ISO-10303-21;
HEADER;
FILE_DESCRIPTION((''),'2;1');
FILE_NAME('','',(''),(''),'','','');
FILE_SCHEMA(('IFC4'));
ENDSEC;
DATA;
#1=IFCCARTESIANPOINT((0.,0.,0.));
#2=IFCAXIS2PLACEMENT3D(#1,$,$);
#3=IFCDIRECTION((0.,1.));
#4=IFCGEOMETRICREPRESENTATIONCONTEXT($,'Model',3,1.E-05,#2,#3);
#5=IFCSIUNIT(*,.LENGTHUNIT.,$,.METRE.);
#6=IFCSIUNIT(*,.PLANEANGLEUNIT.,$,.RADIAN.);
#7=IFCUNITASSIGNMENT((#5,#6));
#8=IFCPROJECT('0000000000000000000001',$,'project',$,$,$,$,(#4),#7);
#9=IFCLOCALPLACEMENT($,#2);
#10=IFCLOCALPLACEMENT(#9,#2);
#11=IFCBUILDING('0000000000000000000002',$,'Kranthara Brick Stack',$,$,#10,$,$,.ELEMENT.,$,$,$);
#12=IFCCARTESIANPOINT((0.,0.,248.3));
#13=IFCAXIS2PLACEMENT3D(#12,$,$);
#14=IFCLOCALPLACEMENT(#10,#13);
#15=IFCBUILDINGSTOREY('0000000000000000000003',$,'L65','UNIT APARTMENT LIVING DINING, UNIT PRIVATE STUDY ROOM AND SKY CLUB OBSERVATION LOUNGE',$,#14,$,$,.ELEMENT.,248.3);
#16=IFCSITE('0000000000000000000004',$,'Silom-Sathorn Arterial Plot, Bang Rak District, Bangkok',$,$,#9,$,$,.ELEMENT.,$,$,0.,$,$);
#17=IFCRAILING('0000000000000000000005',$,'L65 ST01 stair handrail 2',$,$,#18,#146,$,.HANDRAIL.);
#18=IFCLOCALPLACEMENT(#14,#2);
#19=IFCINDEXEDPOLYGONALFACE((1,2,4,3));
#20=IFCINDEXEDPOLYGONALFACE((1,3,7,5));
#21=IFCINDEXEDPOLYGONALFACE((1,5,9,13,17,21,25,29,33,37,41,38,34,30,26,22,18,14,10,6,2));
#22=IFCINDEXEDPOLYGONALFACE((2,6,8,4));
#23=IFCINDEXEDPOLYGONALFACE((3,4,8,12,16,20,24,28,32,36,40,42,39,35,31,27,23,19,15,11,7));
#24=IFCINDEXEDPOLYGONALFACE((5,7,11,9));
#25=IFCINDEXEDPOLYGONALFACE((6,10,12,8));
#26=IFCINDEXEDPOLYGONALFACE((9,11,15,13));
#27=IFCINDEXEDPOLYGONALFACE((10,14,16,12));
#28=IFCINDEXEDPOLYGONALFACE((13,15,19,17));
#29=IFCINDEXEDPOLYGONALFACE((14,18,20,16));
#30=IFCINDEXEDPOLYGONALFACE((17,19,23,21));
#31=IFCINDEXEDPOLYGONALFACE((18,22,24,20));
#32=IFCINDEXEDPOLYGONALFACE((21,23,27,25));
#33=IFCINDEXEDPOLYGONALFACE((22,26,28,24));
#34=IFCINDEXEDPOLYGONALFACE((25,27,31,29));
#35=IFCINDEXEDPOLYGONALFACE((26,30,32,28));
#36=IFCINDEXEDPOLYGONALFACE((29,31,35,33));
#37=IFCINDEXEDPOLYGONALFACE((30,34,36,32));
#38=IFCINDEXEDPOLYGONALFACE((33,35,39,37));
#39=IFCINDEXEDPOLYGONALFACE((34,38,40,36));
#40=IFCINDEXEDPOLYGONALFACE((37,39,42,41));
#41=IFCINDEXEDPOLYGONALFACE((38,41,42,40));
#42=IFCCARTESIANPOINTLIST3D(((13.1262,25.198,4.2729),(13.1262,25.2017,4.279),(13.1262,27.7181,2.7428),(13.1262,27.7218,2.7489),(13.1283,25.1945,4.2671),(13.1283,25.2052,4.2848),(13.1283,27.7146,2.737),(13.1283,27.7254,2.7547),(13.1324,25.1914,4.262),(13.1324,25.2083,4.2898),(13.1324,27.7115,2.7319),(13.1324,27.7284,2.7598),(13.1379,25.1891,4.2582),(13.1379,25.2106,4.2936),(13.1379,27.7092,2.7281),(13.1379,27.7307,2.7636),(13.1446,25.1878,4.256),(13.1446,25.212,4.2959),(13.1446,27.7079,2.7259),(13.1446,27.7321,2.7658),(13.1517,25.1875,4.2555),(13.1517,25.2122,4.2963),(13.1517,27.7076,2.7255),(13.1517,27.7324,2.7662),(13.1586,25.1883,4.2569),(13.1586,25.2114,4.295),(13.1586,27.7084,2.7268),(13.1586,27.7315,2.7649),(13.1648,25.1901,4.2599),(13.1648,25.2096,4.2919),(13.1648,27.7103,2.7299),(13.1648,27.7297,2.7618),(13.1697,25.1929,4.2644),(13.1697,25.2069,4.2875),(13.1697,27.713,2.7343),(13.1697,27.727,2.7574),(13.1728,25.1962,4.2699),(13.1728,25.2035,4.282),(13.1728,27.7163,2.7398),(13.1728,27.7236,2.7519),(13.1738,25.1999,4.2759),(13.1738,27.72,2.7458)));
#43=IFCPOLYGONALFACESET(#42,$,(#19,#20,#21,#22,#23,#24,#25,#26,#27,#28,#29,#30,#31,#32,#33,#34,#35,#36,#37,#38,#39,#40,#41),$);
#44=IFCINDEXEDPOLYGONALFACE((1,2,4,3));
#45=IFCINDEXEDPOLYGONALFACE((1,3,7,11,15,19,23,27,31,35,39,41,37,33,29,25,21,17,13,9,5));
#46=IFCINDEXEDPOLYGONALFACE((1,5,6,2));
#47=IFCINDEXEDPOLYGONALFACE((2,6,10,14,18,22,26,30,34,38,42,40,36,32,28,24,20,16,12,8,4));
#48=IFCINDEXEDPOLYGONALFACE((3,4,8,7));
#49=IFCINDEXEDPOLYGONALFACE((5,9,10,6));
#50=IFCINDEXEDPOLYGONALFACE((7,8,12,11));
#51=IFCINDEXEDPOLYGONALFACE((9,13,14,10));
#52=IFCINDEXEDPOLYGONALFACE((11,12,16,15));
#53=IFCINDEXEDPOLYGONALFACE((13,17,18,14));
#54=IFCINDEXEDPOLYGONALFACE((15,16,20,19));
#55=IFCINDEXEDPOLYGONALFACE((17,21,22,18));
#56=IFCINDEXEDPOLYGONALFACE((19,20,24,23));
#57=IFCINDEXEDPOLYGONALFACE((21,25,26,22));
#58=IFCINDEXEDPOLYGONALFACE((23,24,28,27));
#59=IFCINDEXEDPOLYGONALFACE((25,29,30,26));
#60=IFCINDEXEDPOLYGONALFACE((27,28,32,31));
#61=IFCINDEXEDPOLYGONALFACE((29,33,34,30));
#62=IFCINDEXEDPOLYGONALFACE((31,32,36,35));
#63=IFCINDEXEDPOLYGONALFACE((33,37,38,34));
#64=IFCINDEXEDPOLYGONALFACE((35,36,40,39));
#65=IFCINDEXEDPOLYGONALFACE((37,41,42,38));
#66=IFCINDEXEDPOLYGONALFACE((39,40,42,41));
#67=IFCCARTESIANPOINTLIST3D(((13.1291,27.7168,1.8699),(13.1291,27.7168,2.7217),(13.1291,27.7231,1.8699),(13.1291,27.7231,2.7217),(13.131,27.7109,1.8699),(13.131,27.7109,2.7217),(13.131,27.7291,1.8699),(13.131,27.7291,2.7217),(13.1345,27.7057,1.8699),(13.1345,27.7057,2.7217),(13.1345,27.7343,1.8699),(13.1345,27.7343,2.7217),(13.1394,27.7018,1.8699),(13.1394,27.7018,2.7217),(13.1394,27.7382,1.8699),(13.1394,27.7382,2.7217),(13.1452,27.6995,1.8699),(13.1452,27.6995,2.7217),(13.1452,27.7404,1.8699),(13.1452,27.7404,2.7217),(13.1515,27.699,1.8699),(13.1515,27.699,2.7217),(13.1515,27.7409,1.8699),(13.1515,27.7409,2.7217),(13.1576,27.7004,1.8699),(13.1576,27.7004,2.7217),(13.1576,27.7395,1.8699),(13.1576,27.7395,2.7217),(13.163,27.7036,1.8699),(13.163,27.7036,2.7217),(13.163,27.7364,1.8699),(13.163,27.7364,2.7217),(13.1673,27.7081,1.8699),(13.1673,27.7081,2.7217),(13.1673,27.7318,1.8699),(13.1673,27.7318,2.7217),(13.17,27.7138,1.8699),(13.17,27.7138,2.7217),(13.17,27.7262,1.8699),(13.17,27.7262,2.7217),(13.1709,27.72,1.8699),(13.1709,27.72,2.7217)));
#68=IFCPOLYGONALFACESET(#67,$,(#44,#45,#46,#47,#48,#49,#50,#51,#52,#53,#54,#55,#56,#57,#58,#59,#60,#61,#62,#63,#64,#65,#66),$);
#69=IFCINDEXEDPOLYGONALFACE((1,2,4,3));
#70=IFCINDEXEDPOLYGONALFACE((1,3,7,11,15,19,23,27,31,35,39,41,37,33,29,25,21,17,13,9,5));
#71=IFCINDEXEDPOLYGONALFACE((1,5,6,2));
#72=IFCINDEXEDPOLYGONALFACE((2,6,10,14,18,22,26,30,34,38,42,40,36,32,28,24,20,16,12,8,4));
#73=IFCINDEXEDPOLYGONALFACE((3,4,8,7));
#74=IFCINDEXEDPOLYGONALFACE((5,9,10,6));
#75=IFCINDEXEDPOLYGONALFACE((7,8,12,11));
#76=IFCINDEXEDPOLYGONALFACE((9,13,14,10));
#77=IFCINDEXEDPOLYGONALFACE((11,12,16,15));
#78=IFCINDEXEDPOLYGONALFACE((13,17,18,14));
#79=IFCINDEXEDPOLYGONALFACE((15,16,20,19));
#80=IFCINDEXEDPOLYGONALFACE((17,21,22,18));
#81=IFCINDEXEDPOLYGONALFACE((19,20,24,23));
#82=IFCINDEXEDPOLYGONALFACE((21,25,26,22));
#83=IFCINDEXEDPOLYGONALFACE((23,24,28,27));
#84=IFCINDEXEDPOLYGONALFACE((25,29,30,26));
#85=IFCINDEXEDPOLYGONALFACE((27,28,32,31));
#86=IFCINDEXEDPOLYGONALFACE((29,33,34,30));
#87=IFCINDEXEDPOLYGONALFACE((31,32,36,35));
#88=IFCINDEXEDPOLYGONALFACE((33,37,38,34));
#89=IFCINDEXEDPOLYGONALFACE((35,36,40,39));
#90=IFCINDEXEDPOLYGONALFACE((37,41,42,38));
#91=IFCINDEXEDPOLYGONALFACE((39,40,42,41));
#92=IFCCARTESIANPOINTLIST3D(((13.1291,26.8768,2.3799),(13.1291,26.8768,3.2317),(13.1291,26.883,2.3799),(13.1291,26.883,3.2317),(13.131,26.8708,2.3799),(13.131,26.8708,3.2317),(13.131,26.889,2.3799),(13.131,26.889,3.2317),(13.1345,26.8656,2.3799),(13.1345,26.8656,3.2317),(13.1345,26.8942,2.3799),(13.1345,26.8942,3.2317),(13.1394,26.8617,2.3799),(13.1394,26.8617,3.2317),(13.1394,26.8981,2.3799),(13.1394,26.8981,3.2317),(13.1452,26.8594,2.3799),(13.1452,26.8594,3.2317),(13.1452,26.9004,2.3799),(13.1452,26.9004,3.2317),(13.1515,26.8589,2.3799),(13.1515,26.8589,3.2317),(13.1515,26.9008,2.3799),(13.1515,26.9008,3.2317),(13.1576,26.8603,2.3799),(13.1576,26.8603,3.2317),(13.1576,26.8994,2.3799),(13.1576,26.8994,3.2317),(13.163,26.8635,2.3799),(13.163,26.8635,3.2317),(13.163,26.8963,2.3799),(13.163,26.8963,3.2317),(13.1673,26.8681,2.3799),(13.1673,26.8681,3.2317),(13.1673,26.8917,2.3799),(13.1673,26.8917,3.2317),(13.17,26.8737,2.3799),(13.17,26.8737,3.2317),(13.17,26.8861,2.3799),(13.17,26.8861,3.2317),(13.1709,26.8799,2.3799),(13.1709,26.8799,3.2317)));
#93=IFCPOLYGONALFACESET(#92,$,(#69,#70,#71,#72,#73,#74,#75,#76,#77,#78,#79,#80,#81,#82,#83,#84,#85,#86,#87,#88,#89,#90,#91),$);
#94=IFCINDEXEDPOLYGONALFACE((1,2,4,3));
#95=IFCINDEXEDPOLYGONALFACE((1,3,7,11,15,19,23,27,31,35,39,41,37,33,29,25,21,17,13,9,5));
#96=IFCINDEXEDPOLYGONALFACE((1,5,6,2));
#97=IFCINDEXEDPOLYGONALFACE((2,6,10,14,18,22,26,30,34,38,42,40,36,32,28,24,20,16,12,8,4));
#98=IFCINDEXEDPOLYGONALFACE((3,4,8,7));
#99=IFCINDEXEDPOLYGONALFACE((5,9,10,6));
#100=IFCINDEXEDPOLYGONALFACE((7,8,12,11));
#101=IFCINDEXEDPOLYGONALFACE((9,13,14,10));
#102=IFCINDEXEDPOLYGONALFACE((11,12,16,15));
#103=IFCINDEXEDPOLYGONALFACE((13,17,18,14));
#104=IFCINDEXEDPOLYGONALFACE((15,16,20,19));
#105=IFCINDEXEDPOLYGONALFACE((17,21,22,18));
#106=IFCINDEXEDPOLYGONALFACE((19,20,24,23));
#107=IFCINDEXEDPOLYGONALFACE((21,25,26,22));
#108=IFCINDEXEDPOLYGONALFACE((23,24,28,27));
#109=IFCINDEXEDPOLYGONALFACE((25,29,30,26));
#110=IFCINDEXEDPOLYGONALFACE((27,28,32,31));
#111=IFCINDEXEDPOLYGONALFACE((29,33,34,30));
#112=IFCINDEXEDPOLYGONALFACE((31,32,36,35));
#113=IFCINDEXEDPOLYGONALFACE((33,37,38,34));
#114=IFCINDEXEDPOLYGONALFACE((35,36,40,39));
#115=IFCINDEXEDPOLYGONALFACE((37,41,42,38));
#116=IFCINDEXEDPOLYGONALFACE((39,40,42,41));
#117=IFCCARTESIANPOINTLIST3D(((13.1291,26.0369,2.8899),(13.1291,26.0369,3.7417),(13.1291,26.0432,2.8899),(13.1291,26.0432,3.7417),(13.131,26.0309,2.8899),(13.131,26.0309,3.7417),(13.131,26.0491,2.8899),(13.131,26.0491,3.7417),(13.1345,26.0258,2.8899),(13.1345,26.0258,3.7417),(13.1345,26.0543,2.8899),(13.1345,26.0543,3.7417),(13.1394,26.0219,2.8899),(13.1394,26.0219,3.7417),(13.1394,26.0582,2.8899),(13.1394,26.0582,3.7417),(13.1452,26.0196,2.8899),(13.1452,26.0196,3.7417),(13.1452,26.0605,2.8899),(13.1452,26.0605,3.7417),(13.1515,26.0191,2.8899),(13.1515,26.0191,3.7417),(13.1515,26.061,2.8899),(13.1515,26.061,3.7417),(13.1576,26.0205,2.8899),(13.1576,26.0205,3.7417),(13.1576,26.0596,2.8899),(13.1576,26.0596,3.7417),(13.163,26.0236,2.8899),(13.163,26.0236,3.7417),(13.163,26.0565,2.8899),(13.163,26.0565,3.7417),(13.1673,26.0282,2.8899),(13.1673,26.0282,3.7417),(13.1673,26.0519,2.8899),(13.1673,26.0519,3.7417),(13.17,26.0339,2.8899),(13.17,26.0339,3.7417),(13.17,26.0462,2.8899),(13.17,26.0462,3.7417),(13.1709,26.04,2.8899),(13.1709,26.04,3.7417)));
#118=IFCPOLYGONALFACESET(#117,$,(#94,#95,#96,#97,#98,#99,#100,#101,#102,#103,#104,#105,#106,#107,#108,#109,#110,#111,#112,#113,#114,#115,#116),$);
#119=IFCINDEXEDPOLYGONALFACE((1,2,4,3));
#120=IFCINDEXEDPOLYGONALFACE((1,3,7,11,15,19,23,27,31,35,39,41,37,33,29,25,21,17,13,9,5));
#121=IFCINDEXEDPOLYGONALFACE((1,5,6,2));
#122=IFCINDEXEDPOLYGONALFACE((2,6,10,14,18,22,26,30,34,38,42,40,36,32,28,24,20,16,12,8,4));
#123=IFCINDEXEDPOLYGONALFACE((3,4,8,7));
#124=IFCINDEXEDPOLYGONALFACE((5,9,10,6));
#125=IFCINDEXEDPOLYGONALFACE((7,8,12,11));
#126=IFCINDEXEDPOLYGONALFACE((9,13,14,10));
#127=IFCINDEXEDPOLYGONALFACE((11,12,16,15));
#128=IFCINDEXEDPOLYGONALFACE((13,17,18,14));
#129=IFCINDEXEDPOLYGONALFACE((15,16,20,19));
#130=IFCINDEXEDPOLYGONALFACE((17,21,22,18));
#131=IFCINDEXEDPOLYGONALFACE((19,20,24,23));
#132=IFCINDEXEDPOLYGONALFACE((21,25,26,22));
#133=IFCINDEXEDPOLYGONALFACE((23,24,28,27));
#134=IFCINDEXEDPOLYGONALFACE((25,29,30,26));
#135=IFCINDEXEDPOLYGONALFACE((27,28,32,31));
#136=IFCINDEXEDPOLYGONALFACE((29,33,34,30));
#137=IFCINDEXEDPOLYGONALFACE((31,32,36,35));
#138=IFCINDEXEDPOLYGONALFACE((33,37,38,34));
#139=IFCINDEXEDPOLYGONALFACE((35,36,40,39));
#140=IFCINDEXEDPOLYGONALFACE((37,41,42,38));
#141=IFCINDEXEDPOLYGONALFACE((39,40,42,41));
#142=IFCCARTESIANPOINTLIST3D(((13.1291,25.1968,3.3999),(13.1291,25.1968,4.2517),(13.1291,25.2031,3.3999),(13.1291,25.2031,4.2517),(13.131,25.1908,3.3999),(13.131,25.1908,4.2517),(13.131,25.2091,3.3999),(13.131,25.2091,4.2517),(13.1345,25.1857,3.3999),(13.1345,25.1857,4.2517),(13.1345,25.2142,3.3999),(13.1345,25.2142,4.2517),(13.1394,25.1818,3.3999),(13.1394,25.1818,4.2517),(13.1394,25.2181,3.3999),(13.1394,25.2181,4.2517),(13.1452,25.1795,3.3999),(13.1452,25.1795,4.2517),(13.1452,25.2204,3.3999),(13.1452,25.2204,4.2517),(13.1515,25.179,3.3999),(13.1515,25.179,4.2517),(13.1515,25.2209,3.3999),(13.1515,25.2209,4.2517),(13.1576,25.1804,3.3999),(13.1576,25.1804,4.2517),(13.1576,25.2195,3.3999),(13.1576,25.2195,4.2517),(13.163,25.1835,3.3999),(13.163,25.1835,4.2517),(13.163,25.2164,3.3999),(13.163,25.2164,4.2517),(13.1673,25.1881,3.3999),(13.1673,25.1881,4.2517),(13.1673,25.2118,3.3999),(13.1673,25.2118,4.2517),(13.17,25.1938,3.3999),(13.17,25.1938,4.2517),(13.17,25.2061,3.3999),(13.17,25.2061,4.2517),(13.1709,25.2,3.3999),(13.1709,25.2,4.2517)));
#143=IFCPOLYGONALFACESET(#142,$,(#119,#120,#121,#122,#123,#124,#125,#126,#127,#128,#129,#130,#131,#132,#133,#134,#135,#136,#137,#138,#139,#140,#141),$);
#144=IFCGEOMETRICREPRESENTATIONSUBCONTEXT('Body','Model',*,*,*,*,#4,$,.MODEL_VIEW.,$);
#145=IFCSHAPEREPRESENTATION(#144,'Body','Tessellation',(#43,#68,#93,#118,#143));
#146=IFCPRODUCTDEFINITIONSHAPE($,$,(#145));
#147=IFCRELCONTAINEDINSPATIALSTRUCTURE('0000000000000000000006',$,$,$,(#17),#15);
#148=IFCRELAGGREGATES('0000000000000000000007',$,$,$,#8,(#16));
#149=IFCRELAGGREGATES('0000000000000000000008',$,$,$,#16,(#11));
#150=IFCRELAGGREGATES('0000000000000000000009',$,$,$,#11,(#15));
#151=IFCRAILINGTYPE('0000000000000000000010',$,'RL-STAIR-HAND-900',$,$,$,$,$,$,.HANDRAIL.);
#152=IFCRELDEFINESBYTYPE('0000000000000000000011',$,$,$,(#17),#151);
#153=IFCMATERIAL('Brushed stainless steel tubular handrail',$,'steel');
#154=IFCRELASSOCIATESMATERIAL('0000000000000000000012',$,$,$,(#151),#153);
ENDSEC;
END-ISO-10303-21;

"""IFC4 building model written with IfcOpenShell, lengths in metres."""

from ifc_helpers import new_model, si_unit, direction, frame, origin, origin_2d, place, context, subcontext, project, spatial, circle, extrude, material, type_object, element, save


model = new_model("IFC4")

# Units and contexts
model_context = context("Model", 3, precision=1e-05, world=origin(), true_north=direction((0.0, 1.0)))
body_context = subcontext(model_context, "Body", "Model", "MODEL_VIEW")
ifc_project = project(units=[si_unit("LENGTHUNIT", "METRE"), si_unit("PLANEANGLEUNIT", "RADIAN")], contexts=[model_context])

# Site, building, storey
site_placement = place(None, origin())
site = spatial("IfcSite", under=ifc_project, at=site_placement, Name="Silom-Sathorn Arterial Plot, Bang Rak District, Bangkok", CompositionType="ELEMENT", RefElevation=0.0)
building_placement = place(site_placement, origin())
building = spatial("IfcBuilding", under=site, at=building_placement, Name="Kranthara Brick Stack", CompositionType="ELEMENT")
storey_placement = place(building_placement, frame((0.0, 0.0, 248.3)))
storey = spatial("IfcBuildingStorey", under=building, at=storey_placement, Name="L65", Description="UNIT APARTMENT LIVING DINING, UNIT PRIVATE STUDY ROOM AND SKY CLUB OBSERVATION LOUNGE", CompositionType="ELEMENT", Elevation=248.3)

# Railing
ifc_material_1 = material(Name="Brushed stainless steel tubular handrail", Category="steel")
railing_type_1 = type_object("IfcRailingType", Name="RL-STAIR-HAND-900", PredefinedType="HANDRAIL", material=ifc_material_1)
railing_1_placement = place(storey_placement, frame((13.1499, 27.72, 1.8699)))
element("IfcRailing", 1, at=railing_1_placement, inside=storey, type_object=railing_type_1, Name="L65 ST01 stair handrail 2", PredefinedType="HANDRAIL", context=body_context, shape_type="SweptSolid", body=[
    extrude(circle(Radius=0.0239, at=origin_2d()), frame((0.0, 0.0, 0.876), z_axis=(0.0, -0.854785, 0.518982), x_axis=(1.0, 0.0, 0.0)), (0.0, 0.0, 1.0), 2.9482),
    extrude(circle(Radius=0.021, at=origin_2d()), origin(), (0.0, 0.0, 1.0), 0.8518),
    extrude(circle(Radius=0.021, at=origin_2d()), frame((0.0, -0.8401, 0.51)), (0.0, 0.0, 1.0), 0.8518),
    extrude(circle(Radius=0.021, at=origin_2d()), frame((0.0, -1.6799, 1.02)), (0.0, 0.0, 1.0), 0.8518),
    extrude(circle(Radius=0.021, at=origin_2d()), frame((0.0, -2.52, 1.53)), (0.0, 0.0, 1.0), 0.8518),
])

save(model, "model.ifc")
